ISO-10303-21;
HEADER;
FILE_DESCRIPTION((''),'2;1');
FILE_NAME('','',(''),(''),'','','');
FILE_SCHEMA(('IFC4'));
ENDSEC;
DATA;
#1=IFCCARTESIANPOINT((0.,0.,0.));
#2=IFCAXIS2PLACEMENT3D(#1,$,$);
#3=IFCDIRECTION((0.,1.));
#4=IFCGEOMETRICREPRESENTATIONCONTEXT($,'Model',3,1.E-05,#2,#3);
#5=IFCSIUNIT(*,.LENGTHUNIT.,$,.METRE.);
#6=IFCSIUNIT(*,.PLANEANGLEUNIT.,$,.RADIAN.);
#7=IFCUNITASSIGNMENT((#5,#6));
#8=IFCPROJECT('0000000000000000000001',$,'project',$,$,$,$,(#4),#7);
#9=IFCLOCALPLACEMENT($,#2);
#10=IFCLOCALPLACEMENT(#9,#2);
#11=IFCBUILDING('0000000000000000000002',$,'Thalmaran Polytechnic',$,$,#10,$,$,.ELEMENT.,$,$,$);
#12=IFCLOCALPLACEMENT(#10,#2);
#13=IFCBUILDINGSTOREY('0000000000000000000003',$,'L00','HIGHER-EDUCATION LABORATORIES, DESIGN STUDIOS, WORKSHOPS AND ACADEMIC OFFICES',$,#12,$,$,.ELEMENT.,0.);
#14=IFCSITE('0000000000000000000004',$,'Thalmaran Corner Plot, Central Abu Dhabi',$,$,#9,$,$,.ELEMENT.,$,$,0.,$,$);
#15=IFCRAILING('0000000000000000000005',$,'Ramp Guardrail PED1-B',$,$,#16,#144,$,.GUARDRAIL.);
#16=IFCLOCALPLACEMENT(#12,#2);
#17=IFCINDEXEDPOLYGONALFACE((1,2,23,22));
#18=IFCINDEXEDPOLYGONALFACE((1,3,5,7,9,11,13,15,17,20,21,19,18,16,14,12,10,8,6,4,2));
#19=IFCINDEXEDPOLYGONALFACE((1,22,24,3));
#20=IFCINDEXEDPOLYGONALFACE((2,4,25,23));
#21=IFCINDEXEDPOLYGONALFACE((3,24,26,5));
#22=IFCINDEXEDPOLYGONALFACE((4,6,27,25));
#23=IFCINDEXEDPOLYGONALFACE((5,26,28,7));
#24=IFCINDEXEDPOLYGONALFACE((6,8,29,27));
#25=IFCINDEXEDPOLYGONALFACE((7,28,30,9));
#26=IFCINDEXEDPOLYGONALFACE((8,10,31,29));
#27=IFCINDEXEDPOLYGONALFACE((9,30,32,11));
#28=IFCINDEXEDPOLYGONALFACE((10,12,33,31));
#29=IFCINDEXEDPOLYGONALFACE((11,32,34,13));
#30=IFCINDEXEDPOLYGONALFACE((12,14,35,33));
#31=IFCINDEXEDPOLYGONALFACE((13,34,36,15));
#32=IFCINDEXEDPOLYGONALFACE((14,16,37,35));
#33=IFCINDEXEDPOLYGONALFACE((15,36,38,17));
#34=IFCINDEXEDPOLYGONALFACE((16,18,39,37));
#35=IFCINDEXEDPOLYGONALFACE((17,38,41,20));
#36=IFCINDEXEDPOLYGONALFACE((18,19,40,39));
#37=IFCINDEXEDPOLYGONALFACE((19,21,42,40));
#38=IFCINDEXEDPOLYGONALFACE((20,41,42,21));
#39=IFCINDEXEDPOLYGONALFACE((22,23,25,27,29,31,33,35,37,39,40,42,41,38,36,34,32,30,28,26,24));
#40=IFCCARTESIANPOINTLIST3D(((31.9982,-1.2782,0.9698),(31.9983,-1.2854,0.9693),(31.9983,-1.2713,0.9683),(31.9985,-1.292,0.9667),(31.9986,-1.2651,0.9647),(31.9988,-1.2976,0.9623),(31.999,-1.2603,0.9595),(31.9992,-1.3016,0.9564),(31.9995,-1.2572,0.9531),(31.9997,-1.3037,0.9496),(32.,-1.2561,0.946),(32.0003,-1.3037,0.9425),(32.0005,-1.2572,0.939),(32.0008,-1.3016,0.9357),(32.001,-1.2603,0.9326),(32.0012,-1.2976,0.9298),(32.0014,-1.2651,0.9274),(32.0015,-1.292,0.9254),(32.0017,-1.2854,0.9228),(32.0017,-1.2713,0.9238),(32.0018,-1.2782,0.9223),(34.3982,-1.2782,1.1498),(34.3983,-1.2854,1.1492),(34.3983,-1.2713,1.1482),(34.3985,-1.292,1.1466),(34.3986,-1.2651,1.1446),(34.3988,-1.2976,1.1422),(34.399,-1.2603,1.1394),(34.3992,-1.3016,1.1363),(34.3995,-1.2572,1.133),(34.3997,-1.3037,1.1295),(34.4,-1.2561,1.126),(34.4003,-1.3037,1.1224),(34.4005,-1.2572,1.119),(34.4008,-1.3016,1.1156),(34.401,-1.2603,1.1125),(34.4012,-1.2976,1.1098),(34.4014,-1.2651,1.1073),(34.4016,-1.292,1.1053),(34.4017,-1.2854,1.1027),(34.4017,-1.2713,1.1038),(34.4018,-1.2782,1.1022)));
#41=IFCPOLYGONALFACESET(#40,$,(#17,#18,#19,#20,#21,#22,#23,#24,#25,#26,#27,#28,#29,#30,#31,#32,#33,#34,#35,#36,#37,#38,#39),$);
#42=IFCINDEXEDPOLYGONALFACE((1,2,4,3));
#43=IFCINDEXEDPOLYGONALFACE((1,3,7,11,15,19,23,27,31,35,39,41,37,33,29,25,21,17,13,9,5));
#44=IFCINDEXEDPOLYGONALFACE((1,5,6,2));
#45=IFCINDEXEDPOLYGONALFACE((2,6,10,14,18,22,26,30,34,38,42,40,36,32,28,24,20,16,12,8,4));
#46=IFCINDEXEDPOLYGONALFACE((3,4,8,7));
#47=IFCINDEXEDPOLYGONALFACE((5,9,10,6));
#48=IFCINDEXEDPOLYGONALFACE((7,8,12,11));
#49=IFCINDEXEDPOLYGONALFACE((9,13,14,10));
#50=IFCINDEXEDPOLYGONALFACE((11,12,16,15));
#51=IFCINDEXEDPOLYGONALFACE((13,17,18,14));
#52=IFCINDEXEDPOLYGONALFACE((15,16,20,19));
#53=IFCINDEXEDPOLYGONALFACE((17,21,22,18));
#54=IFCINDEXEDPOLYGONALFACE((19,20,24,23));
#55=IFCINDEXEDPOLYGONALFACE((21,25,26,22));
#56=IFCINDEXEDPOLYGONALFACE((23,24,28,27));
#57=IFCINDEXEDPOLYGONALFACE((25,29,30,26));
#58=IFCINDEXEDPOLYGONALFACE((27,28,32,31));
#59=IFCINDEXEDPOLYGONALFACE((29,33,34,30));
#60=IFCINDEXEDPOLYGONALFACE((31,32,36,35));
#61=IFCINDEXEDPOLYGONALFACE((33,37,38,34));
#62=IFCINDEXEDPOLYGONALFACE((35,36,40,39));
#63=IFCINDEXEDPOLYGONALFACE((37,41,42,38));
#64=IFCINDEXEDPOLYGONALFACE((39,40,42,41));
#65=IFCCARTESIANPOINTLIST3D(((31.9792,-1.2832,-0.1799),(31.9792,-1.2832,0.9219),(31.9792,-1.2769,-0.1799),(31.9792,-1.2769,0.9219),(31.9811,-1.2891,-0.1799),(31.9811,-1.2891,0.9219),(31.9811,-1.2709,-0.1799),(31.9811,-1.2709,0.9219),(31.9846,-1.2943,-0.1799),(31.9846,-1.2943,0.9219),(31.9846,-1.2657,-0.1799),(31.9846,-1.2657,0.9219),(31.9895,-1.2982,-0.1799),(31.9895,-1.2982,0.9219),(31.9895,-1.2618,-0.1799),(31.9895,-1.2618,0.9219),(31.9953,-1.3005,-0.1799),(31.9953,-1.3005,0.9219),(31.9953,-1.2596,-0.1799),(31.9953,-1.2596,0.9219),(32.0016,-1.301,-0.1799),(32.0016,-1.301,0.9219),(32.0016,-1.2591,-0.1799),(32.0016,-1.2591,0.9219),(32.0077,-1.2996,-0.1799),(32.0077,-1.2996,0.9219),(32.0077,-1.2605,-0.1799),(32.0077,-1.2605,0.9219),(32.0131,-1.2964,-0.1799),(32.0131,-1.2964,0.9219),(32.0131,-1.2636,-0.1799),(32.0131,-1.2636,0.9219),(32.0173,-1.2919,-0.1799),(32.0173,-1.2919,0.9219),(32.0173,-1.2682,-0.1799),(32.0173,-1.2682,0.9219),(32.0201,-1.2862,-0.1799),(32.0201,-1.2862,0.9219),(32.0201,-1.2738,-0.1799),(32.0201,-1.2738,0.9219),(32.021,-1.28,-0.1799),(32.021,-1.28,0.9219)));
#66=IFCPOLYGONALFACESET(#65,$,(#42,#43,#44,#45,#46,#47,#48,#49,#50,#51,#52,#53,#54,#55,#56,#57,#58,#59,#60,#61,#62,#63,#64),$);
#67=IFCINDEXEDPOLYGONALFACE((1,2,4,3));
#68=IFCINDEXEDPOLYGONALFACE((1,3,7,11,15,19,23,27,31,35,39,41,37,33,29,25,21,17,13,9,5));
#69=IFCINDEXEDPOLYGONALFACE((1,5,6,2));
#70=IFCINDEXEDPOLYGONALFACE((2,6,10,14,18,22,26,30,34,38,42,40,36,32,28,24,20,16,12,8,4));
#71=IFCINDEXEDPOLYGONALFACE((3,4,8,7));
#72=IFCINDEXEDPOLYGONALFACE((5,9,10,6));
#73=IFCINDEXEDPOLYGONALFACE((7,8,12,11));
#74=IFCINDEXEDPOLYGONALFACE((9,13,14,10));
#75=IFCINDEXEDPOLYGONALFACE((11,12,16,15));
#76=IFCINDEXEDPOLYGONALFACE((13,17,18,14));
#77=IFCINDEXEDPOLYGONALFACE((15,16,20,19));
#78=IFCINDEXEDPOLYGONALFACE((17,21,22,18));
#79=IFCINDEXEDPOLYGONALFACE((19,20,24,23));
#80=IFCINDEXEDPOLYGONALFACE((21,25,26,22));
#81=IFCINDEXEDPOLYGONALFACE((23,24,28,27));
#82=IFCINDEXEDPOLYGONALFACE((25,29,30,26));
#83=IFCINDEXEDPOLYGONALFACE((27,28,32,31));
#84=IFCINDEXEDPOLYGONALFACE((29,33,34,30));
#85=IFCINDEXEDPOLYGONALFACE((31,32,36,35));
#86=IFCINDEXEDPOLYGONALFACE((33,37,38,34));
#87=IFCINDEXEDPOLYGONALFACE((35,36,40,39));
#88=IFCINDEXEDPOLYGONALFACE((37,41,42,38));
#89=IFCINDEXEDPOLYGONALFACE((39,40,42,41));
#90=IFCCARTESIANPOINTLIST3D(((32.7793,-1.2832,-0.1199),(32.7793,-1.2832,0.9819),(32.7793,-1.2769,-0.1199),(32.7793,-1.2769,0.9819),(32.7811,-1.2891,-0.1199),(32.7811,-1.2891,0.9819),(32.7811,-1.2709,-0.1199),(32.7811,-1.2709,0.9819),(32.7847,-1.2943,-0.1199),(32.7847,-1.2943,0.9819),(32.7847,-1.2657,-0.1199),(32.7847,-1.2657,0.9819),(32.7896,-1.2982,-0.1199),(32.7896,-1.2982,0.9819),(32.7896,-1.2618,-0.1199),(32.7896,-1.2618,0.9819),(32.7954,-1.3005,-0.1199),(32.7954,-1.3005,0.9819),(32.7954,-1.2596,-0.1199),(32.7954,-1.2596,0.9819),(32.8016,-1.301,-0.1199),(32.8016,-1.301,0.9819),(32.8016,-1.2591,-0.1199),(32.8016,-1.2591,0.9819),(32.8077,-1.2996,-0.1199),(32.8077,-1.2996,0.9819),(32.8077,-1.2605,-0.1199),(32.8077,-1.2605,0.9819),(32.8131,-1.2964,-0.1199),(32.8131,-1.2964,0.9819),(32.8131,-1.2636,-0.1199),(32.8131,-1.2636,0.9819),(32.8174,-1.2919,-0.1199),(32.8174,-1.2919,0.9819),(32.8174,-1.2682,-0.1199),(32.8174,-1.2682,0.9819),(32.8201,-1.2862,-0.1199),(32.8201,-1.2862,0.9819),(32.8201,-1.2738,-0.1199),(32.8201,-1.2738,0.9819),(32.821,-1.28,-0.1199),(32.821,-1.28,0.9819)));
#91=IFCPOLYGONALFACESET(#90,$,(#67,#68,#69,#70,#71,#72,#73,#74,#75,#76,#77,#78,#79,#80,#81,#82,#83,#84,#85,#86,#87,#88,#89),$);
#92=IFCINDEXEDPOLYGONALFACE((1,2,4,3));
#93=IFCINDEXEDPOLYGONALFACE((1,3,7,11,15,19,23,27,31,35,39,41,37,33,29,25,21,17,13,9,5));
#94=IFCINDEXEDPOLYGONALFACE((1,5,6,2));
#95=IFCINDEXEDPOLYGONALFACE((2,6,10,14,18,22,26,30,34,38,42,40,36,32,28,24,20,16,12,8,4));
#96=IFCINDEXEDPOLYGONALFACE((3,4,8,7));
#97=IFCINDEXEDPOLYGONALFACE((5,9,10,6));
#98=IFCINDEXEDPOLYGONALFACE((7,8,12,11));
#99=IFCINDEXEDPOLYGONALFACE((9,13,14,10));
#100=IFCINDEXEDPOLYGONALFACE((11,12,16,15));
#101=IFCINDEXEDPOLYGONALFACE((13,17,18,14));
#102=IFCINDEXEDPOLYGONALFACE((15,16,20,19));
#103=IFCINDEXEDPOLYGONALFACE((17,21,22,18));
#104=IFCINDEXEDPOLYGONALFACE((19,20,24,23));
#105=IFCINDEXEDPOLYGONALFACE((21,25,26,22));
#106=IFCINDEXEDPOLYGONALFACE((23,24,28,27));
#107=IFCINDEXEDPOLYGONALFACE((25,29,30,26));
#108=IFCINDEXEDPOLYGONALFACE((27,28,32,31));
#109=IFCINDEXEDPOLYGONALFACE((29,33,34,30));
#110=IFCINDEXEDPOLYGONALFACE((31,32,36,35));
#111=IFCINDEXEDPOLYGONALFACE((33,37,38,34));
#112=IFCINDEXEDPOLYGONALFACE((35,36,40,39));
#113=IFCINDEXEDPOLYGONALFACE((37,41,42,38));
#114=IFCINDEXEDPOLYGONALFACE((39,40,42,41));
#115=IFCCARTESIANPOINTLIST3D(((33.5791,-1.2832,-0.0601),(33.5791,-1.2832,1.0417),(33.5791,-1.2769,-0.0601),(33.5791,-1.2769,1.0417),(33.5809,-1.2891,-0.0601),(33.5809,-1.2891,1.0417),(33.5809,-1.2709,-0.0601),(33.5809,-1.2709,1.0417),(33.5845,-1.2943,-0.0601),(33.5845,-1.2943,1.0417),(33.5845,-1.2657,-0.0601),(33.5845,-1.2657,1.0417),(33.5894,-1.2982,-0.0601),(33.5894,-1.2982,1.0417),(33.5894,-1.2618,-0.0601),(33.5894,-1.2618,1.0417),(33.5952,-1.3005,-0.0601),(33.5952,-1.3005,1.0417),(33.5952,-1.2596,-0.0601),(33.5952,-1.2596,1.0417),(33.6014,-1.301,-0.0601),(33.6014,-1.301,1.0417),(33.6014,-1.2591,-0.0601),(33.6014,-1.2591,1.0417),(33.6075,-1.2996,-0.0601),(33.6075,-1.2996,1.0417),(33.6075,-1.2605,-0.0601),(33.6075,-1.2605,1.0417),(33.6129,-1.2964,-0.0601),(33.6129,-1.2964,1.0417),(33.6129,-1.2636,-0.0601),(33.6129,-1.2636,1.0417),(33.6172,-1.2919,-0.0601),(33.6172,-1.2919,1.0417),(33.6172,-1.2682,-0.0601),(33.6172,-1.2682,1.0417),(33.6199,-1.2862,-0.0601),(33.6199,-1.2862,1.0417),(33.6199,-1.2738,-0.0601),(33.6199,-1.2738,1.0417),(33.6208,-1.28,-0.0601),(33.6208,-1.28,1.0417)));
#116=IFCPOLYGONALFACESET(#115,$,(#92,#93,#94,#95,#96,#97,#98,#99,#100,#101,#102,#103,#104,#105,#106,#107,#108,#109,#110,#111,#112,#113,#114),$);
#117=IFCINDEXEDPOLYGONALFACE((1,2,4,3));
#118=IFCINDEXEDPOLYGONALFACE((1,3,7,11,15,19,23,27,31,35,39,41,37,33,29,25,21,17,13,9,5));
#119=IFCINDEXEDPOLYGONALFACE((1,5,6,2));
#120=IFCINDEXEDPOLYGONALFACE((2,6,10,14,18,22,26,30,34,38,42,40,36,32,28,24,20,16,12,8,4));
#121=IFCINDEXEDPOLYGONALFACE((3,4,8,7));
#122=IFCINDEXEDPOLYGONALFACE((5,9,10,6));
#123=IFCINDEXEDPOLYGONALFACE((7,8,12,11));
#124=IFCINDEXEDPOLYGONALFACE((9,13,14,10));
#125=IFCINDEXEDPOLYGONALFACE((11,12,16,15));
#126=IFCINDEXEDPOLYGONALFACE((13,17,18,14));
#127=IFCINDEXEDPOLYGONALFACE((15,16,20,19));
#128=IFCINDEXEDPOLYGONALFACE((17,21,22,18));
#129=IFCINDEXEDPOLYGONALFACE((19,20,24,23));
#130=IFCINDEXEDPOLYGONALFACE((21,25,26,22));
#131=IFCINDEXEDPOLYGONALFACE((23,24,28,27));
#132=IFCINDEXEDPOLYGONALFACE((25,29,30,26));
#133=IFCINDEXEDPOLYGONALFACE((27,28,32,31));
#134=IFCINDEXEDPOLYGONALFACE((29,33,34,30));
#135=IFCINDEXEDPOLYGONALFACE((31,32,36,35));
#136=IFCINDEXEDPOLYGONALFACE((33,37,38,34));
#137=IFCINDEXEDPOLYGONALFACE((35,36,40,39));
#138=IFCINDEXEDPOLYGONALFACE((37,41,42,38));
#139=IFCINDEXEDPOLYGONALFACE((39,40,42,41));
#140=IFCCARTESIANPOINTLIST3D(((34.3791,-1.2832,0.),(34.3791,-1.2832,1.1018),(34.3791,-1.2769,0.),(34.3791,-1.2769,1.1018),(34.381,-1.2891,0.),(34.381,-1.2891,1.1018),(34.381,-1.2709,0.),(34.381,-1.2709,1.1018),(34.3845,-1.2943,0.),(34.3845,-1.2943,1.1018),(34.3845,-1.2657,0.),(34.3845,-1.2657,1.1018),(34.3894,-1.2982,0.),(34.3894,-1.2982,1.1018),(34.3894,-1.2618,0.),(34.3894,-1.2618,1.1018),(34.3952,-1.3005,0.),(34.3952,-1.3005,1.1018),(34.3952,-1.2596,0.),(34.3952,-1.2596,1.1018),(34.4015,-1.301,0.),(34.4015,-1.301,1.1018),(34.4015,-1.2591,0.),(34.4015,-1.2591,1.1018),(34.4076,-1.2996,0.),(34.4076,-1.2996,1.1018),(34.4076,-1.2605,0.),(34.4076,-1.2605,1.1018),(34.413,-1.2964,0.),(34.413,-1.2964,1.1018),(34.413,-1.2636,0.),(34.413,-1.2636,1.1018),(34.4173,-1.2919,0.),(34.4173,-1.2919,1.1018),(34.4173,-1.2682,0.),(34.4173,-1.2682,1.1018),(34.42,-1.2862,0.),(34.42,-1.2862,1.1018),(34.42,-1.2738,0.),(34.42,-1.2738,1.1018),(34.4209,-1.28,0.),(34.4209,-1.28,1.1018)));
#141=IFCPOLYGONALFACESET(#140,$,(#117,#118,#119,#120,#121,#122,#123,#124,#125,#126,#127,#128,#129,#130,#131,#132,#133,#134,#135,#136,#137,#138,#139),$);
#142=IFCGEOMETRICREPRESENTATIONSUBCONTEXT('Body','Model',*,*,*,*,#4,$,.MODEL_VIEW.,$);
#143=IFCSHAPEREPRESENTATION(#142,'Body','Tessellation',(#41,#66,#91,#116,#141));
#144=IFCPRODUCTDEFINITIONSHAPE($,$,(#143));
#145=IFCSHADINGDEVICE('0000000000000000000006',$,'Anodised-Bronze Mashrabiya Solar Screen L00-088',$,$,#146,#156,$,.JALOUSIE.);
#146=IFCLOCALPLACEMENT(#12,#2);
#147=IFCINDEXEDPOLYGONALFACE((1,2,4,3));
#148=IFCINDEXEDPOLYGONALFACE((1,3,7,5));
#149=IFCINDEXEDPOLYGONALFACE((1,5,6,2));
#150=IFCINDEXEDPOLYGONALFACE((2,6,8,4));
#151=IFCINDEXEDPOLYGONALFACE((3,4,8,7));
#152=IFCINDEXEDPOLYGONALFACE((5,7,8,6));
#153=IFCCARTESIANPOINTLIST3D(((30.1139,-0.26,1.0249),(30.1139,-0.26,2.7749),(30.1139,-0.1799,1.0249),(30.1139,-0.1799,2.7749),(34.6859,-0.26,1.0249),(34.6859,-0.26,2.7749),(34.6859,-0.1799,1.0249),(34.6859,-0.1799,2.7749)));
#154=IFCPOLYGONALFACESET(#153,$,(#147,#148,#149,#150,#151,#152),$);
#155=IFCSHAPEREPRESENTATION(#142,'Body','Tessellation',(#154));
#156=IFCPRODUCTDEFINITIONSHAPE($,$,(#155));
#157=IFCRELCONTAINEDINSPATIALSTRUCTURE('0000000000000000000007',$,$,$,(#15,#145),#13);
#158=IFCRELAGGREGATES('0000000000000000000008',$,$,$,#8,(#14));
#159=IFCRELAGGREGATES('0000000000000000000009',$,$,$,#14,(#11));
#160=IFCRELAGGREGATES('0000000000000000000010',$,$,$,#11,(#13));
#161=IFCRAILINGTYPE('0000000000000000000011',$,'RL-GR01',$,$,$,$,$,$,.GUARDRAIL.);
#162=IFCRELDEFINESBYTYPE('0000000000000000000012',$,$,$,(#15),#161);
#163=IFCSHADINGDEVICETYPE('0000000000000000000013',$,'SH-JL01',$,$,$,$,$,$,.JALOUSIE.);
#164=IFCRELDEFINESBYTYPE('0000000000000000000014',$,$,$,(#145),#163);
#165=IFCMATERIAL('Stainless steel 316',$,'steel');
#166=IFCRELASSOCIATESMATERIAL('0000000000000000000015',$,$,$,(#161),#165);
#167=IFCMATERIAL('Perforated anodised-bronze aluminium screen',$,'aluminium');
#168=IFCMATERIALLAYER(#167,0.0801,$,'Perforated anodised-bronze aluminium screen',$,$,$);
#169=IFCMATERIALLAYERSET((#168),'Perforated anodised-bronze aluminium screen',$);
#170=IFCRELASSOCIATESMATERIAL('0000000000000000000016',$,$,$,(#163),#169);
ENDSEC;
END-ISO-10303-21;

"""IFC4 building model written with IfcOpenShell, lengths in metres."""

from ifc_helpers import new_model, si_unit, direction, frame, origin, origin_2d, place, context, subcontext, project, spatial, rectangle, circle, extrude, material, layer, layer_set, type_object, element, save


model = new_model("IFC4")

# Units and contexts
model_context = context("Model", 3, precision=1e-05, world=origin(), true_north=direction((0.0, 1.0)))
body_context = subcontext(model_context, "Body", "Model", "MODEL_VIEW")
ifc_project = project(units=[si_unit("LENGTHUNIT", "METRE"), si_unit("PLANEANGLEUNIT", "RADIAN")], contexts=[model_context])

# Site, building, storey
site_placement = place(None, origin())
site = spatial("IfcSite", under=ifc_project, at=site_placement, Name="Thalmaran Corner Plot, Central Abu Dhabi", CompositionType="ELEMENT", RefElevation=0.0)
building_placement = place(site_placement, origin())
building = spatial("IfcBuilding", under=site, at=building_placement, Name="Thalmaran Polytechnic", CompositionType="ELEMENT")
storey_placement = place(building_placement, origin())
storey = spatial("IfcBuildingStorey", under=building, at=storey_placement, Name="L00", Description="HIGHER-EDUCATION LABORATORIES, DESIGN STUDIOS, WORKSHOPS AND ACADEMIC OFFICES", CompositionType="ELEMENT", Elevation=0.0)

# Railing
ifc_material_1 = material(Name="Stainless steel 316", Category="steel")
railing_type = type_object("IfcRailingType", Name="RL-GR01", PredefinedType="GUARDRAIL", material=ifc_material_1)
for number, where, name in (
    (1, (32.0, -1.28, -0.1799), "Ramp Guardrail PED1-B"),
):
    element("IfcRailing", number, at=place(storey_placement, frame(where)), inside=storey, type_object=railing_type, Name=name, PredefinedType="GUARDRAIL", context=body_context, shape_type="SweptSolid", body=[
        extrude(circle(Radius=0.0239, at=origin_2d()), frame((0.0, 0.0, 1.126), z_axis=(0.997201, 0.0, 0.074765), x_axis=(0.0, 1.0, 0.0)), (0.0, 0.0, 1.0), 2.4067),
        extrude(circle(Radius=0.021, at=origin_2d()), origin(), (0.0, 0.0, 1.0), 1.1018),
        extrude(circle(Radius=0.021, at=origin_2d()), frame((0.8, 0.0, 0.0601)), (0.0, 0.0, 1.0), 1.1018),
        extrude(circle(Radius=0.021, at=origin_2d()), frame((1.5999, 0.0, 0.1199)), (0.0, 0.0, 1.0), 1.1018),
        extrude(circle(Radius=0.021, at=origin_2d()), frame((2.3999, 0.0, 0.1799)), (0.0, 0.0, 1.0), 1.1018),
    ])

# Shading device
ifc_material_2 = material(Name="Perforated anodised-bronze aluminium screen", Category="aluminium")
ifc_layer_1 = layer(ifc_material_2, 0.0801, Name="Perforated anodised-bronze aluminium screen")
ifc_layer_set_1 = layer_set([ifc_layer_1], Name="Perforated anodised-bronze aluminium screen")
shading_device_type = type_object("IfcShadingDeviceType", Name="SH-JL01", PredefinedType="JALOUSIE", material=ifc_layer_set_1)
shading_device_placement = place(storey_placement, frame((32.3999, -0.22, 1.0249), z_axis=(0.0, 0.0, 1.0), x_axis=(-1.0, 0.0, 0.0)))
element("IfcShadingDevice", 2, at=shading_device_placement, inside=storey, type_object=shading_device_type, Name="Anodised-Bronze Mashrabiya Solar Screen L00-088", PredefinedType="JALOUSIE", context=body_context, shape_type="SweptSolid", body=[
    extrude(rectangle(XDim=4.572, YDim=0.0801, at=origin_2d()), origin(), (0.0, 0.0, 1.0), 1.75),
])

save(model, "model.ifc")
